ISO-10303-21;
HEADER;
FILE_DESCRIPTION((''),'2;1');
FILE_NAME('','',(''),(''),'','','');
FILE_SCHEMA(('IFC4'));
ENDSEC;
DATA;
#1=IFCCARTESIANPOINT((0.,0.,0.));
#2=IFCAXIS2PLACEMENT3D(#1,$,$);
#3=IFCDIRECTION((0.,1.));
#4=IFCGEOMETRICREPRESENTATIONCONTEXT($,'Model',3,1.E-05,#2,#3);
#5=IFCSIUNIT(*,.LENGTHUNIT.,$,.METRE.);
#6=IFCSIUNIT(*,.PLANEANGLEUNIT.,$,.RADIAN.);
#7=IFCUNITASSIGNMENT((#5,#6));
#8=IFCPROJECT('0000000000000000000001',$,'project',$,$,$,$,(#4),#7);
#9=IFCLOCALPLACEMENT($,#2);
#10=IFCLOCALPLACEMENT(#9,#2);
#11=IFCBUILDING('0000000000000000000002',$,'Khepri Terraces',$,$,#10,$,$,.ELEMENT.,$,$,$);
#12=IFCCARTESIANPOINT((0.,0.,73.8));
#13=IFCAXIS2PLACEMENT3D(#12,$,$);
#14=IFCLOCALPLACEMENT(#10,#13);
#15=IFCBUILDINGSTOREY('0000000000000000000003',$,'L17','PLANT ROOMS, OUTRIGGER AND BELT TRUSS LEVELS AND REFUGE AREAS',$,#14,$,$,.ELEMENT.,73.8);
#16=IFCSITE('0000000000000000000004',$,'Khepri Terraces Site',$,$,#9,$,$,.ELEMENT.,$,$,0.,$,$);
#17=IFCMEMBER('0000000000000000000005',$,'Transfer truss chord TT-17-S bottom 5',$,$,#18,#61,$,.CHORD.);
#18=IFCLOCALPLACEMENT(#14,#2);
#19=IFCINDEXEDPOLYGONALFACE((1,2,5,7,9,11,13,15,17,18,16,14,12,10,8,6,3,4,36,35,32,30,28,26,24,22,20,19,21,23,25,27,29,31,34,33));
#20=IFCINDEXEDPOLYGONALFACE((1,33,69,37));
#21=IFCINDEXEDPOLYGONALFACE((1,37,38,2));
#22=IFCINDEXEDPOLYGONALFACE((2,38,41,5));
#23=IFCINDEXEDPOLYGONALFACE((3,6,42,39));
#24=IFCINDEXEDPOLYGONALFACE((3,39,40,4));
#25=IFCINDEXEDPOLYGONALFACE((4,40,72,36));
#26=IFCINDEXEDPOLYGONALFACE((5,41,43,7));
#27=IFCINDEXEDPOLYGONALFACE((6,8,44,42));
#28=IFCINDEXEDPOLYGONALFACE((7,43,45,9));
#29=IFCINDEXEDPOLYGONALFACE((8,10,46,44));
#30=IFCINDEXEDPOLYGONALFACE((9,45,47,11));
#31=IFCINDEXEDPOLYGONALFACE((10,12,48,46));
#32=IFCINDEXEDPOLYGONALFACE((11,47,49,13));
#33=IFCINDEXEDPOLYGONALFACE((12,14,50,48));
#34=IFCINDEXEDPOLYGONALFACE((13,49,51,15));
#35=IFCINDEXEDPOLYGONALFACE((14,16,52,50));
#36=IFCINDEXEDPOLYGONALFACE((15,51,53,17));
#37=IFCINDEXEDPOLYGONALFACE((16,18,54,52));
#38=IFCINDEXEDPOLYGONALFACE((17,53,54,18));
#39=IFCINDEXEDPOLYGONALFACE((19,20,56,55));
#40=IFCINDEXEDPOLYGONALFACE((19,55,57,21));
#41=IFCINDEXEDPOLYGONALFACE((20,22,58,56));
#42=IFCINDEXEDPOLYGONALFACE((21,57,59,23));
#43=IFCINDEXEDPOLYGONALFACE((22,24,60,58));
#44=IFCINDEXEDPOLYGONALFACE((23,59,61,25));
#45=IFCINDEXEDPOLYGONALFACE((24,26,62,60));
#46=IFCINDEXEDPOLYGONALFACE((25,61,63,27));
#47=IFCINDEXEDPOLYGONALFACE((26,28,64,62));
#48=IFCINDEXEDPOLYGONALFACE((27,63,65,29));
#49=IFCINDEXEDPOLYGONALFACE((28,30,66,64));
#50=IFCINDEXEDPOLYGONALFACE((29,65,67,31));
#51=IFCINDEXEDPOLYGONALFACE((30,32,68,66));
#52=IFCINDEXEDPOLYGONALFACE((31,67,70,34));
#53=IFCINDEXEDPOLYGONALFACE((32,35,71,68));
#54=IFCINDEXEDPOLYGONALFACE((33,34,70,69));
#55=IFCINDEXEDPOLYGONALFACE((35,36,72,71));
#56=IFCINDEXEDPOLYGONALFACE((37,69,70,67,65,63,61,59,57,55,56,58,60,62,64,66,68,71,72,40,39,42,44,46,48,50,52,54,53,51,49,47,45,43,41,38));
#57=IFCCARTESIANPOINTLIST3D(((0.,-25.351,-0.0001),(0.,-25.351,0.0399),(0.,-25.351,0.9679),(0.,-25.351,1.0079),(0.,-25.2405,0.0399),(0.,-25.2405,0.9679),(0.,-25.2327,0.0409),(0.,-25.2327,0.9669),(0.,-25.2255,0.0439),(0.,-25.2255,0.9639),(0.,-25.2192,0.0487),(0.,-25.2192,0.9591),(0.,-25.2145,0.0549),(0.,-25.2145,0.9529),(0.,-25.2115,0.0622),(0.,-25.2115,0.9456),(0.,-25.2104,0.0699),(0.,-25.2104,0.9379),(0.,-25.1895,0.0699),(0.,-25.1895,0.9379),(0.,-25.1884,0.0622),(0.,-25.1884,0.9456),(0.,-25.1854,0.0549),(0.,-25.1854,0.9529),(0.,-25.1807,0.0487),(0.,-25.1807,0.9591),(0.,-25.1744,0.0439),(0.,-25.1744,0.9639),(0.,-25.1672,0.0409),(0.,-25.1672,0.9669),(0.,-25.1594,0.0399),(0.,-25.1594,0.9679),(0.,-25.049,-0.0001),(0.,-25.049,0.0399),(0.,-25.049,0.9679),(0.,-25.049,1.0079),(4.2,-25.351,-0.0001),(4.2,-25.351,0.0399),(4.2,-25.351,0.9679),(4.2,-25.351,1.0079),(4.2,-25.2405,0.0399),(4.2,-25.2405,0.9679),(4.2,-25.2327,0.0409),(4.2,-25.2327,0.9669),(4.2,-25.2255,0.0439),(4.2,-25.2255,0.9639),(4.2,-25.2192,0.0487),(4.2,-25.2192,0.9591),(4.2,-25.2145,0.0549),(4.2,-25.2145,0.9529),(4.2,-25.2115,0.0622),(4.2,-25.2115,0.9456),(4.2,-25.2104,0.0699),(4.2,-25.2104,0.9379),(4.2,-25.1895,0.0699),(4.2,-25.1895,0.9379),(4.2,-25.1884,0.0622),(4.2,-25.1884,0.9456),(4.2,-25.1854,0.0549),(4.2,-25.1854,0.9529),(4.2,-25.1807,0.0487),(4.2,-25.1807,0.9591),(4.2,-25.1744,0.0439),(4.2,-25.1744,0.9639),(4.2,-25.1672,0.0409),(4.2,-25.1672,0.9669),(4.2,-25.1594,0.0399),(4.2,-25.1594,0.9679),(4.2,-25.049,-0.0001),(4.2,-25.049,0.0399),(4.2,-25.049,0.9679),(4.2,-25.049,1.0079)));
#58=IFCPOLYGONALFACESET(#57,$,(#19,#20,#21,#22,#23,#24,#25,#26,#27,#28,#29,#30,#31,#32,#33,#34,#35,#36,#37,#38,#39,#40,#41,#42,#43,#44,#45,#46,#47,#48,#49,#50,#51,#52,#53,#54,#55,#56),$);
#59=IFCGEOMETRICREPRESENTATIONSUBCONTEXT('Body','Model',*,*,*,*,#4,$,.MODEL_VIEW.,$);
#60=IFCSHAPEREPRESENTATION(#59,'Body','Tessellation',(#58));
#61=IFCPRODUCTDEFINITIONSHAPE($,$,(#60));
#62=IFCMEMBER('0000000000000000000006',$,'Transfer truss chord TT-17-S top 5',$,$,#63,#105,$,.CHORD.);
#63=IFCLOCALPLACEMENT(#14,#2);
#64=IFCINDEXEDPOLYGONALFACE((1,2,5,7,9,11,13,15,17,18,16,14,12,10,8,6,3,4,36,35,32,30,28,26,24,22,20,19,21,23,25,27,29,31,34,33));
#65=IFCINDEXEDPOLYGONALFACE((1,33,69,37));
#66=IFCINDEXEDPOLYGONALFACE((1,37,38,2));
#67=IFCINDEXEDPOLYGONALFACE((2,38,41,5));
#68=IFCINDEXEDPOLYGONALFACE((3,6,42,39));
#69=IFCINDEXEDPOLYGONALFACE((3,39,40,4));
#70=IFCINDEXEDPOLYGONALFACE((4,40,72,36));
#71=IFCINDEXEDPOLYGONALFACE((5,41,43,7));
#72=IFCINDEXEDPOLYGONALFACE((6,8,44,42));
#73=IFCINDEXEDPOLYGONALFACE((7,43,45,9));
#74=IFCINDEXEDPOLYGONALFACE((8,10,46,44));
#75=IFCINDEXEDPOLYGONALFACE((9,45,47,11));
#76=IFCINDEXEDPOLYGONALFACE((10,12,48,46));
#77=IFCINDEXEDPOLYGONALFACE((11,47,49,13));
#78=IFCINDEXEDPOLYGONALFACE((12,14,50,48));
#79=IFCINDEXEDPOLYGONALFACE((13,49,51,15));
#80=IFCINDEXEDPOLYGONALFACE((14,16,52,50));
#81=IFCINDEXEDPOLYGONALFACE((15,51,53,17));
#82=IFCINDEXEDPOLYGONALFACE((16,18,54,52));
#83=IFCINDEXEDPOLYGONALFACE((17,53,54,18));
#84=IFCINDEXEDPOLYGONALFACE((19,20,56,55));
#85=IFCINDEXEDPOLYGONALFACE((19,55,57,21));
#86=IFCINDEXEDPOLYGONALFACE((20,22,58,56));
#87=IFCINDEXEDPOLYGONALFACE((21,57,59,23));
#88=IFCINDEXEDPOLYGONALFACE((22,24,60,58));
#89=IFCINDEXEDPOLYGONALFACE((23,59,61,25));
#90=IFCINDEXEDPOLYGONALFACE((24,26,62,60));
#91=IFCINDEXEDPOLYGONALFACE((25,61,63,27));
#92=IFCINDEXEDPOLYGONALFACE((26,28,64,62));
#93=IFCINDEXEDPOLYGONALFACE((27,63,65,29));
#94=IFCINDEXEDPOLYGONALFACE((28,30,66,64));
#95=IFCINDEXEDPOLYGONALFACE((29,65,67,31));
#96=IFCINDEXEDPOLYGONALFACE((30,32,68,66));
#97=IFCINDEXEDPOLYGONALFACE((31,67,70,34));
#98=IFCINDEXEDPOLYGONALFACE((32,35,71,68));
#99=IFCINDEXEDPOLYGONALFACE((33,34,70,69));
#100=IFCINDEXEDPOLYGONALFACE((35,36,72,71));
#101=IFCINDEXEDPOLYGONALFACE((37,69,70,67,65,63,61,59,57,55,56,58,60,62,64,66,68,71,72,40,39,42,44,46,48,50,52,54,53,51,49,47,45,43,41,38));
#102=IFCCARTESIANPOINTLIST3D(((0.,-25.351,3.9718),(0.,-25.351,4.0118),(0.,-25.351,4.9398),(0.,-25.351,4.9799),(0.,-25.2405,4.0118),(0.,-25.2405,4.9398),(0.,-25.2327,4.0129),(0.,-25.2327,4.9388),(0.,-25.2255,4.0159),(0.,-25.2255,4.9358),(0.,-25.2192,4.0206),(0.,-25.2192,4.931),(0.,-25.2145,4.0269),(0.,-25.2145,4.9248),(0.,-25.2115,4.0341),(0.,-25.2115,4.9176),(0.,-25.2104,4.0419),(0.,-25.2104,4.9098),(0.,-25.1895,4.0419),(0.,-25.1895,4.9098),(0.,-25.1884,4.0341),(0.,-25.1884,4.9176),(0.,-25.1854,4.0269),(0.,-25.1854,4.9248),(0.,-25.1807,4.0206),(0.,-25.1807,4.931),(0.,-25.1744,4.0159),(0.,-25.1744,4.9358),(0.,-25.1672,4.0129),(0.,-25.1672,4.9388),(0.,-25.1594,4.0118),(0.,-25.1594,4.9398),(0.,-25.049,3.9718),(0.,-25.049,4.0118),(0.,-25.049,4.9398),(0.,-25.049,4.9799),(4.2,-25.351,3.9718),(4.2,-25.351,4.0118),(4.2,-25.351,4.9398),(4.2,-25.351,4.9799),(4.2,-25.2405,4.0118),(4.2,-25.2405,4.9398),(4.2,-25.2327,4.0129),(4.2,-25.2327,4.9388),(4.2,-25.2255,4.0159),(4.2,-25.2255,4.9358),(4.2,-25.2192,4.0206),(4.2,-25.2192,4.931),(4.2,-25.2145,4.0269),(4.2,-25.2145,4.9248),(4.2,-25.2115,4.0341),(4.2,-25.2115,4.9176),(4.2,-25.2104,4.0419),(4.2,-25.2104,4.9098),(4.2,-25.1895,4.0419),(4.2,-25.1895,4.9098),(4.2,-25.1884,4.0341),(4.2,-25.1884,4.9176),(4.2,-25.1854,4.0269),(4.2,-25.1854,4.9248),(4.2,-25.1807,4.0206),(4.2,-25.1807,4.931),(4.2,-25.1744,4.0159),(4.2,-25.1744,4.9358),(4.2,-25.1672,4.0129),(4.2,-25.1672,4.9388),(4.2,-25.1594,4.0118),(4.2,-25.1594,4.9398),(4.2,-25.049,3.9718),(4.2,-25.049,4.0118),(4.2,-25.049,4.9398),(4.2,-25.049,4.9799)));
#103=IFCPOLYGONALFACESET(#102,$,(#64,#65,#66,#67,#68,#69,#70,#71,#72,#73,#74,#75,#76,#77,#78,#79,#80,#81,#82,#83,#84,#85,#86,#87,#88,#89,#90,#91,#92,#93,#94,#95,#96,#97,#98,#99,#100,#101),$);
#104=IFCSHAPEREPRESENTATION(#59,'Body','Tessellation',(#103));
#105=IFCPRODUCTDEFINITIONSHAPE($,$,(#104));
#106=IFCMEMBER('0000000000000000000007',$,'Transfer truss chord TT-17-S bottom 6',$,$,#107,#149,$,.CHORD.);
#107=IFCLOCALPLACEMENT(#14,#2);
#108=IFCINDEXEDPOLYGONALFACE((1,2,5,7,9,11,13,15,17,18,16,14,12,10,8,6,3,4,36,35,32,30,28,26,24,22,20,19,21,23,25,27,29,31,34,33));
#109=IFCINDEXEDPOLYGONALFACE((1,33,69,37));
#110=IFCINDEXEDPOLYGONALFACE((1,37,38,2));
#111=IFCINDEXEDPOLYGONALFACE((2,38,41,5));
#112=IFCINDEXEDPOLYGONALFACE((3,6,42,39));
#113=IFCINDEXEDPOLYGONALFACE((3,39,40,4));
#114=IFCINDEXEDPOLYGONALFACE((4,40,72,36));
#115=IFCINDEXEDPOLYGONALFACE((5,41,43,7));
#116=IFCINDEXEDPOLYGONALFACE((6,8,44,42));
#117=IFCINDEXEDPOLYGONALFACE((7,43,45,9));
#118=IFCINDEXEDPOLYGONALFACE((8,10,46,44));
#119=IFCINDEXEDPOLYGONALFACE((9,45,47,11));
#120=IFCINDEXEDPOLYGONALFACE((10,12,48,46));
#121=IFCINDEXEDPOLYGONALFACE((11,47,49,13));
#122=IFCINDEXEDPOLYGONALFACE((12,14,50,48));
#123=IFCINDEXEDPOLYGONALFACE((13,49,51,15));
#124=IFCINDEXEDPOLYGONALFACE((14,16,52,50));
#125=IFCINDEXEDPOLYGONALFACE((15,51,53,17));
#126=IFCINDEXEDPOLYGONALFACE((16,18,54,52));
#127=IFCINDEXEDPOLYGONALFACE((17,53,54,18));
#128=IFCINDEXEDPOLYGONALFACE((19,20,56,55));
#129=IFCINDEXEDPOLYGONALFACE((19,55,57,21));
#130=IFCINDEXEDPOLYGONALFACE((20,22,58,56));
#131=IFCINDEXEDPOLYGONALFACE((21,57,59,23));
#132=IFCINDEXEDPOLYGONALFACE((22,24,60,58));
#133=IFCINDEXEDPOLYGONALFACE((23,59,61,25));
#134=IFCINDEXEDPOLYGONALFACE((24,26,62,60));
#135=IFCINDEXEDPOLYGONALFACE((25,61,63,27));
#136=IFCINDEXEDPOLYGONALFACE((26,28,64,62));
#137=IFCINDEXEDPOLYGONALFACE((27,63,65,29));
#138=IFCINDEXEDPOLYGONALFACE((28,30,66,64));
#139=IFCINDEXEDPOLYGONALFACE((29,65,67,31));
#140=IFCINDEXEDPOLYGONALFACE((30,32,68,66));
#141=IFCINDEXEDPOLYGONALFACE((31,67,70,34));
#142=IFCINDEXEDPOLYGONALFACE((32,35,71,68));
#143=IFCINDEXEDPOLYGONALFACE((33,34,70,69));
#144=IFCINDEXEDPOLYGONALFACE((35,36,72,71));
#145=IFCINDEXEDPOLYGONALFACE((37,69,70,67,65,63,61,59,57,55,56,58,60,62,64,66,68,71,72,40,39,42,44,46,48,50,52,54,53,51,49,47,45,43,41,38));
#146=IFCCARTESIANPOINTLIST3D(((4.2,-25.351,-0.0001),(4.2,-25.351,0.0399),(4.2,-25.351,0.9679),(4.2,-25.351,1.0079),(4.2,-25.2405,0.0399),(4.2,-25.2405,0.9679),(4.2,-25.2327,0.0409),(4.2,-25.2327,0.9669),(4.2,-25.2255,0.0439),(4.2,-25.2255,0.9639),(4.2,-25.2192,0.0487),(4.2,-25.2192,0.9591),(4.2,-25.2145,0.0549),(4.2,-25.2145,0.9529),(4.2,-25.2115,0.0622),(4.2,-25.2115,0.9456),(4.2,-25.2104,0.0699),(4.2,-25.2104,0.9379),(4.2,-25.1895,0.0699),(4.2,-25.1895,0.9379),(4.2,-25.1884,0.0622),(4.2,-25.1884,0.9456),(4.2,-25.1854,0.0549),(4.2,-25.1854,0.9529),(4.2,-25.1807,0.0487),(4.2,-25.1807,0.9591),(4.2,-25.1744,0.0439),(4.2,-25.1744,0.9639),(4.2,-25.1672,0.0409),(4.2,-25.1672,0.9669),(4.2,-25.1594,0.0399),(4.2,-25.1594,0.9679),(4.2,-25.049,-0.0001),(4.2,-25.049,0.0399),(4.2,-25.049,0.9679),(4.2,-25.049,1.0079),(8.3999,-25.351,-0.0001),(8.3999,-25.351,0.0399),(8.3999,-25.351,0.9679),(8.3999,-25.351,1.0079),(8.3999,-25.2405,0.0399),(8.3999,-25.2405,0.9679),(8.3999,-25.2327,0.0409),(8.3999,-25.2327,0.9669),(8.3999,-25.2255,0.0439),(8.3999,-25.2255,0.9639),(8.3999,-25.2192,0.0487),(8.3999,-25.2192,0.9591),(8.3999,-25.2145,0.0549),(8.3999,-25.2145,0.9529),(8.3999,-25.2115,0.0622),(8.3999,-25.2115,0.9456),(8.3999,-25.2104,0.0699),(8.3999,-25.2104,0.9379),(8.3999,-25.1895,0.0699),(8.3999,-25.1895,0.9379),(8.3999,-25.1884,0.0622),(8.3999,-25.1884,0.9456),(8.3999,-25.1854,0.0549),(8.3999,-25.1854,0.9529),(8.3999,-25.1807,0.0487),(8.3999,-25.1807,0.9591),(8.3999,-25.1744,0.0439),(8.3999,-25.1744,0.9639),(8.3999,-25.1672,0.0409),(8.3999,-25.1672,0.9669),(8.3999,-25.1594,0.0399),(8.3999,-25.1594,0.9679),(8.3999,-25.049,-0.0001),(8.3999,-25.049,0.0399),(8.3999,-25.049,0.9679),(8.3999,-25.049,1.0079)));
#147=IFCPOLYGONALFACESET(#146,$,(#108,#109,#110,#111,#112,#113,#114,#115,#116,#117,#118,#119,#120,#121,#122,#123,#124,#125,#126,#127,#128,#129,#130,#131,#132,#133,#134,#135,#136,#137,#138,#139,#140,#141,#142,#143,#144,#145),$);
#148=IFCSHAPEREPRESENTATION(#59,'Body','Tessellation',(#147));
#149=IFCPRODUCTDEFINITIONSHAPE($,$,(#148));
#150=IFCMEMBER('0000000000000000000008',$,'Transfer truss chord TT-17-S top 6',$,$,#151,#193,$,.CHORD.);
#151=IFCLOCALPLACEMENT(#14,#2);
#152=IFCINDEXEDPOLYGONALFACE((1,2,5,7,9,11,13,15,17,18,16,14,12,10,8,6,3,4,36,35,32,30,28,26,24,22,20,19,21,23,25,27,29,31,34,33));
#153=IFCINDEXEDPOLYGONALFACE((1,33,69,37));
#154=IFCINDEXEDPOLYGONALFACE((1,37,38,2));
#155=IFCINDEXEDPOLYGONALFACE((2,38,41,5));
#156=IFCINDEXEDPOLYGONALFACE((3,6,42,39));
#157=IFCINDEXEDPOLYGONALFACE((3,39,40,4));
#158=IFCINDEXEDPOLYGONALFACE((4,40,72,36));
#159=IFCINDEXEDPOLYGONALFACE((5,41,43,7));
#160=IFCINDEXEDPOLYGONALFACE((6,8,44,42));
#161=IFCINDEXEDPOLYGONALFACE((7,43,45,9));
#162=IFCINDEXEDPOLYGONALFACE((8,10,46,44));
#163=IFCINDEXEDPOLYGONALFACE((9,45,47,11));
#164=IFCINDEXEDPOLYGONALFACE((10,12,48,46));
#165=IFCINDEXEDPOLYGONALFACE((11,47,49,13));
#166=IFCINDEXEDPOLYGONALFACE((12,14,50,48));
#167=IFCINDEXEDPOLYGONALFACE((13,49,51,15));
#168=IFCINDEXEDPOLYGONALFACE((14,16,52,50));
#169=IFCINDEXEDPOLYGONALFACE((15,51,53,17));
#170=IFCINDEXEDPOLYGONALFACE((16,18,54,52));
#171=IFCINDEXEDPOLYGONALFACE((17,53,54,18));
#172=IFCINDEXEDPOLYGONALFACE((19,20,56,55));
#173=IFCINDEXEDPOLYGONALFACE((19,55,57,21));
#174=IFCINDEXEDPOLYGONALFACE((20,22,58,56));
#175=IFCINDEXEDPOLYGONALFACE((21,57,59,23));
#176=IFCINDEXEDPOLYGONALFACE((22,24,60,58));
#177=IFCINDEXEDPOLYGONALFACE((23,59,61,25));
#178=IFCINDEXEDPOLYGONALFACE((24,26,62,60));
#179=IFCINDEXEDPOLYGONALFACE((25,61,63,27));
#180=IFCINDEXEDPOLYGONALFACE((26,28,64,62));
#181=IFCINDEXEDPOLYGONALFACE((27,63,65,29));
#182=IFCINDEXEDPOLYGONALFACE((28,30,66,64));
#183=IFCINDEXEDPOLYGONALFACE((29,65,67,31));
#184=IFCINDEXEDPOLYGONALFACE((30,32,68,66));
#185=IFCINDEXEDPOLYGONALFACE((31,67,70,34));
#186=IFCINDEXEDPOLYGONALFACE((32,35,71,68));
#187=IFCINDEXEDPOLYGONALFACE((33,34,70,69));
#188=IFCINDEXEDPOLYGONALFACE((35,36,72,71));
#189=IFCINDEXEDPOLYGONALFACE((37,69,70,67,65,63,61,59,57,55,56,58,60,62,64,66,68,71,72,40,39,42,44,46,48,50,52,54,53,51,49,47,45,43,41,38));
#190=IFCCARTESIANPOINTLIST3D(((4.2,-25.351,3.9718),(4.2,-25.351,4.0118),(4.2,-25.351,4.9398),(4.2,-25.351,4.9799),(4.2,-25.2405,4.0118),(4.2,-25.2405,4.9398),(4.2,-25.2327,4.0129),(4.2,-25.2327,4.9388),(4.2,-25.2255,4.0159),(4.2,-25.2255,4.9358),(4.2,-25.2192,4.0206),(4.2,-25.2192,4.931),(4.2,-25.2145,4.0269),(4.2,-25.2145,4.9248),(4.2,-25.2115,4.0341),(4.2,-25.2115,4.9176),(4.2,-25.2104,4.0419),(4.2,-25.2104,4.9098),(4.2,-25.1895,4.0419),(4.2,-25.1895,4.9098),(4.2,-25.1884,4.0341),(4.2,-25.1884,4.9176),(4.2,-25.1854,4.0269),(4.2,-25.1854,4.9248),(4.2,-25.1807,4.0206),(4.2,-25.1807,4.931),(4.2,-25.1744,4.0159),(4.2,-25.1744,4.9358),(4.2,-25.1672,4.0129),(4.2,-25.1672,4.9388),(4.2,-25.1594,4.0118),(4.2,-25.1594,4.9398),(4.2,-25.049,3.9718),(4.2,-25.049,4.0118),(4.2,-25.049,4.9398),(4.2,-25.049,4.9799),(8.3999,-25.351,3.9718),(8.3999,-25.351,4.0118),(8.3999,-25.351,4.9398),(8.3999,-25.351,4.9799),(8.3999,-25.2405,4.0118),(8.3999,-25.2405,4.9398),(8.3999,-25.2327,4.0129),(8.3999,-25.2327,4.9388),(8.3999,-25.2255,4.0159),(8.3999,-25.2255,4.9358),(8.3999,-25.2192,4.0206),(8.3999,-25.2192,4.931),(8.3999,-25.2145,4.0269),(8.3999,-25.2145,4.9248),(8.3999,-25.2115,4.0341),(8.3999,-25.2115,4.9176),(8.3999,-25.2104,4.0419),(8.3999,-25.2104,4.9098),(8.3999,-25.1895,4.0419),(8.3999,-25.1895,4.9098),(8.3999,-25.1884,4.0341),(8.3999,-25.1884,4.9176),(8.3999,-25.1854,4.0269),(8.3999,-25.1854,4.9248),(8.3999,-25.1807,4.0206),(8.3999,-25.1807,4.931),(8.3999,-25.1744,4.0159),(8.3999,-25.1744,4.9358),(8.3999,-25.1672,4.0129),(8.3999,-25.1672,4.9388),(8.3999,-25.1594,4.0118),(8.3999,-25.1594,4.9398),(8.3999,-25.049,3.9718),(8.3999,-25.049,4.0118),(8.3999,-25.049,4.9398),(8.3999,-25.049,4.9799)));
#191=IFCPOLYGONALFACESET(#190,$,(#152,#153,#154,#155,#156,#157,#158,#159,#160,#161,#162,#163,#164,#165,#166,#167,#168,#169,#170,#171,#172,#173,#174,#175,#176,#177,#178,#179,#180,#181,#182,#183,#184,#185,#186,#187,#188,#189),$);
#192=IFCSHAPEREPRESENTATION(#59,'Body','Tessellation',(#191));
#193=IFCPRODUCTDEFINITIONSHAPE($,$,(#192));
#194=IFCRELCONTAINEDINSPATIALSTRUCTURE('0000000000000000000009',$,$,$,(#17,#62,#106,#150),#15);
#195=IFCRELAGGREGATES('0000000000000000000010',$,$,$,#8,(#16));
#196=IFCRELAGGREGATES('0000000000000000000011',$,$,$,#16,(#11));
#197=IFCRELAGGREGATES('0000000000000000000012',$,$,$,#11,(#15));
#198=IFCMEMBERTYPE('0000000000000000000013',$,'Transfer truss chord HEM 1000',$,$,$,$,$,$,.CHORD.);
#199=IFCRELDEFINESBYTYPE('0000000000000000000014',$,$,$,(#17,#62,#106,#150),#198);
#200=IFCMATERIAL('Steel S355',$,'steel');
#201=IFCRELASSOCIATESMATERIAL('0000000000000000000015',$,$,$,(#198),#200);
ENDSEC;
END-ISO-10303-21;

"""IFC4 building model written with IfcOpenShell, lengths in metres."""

from ifc_helpers import new_model, si_unit, direction, frame, origin, origin_2d, place, context, subcontext, project, spatial, i_section, extrude, material, material_profile, profile_set, type_object, element, save


model = new_model("IFC4")

# Units and contexts
model_context = context("Model", 3, precision=1e-05, world=origin(), true_north=direction((0.0, 1.0)))
body_context = subcontext(model_context, "Body", "Model", "MODEL_VIEW")
ifc_project = project(units=[si_unit("LENGTHUNIT", "METRE"), si_unit("PLANEANGLEUNIT", "RADIAN")], contexts=[model_context])

# Site, building, storey
site_placement = place(None, origin())
site = spatial("IfcSite", under=ifc_project, at=site_placement, Name="Khepri Terraces Site", CompositionType="ELEMENT", RefElevation=0.0)
building_placement = place(site_placement, origin())
building = spatial("IfcBuilding", under=site, at=building_placement, Name="Khepri Terraces", CompositionType="ELEMENT")
storey_placement = place(building_placement, frame((0.0, 0.0, 73.8)))
storey = spatial("IfcBuildingStorey", under=building, at=storey_placement, Name="L17", Description="PLANT ROOMS, OUTRIGGER AND BELT TRUSS LEVELS AND REFUGE AREAS", CompositionType="ELEMENT", Elevation=73.8)

# Members
ifc_material_1 = material(Name="Steel S355", Category="steel")
ifc_material_profile_1 = material_profile(ifc_material_1, i_section(OverallWidth=0.302, OverallDepth=1.0081, WebThickness=0.021, FlangeThickness=0.04, FilletRadius=0.03, at=origin_2d()), Name="Steel S355", Category="steel")
ifc_profile_set_1 = profile_set([ifc_material_profile_1], Name="Steel S355")
member_type_1 = type_object("IfcMemberType", Name="Transfer truss chord HEM 1000", PredefinedType="CHORD", material=ifc_profile_set_1)
for number, where, z_axis, x_axis, name in (
    (1, (0.0, -25.2, 0.5039), (1.0, 0.0, 0.0), (0.0, 1.0, 0.0), "Transfer truss chord TT-17-S bottom 5"),
    (2, (0.0, -25.2, 4.4758), (1.0, 0.0, 0.0), (0.0, 1.0, 0.0), "Transfer truss chord TT-17-S top 5"),
    (3, (4.2, -25.2, 0.5039), (1.0, 0.0, 0.0), (0.0, 1.0, 0.0), "Transfer truss chord TT-17-S bottom 6"),
    (4, (4.2, -25.2, 4.4758), (1.0, 0.0, 0.0), (0.0, 1.0, 0.0), "Transfer truss chord TT-17-S top 6"),
):
    element("IfcMember", number, at=place(storey_placement, frame(where, z_axis=z_axis, x_axis=x_axis)), inside=storey, type_object=member_type_1, Name=name, PredefinedType="CHORD", context=body_context, shape_type="SweptSolid", body=[
        extrude(i_section(OverallWidth=0.302, OverallDepth=1.0081, WebThickness=0.021, FlangeThickness=0.04, FilletRadius=0.03, at=origin_2d()), origin(), (0.0, 0.0, 1.0), 4.2),
    ])

save(model, "model.ifc")
